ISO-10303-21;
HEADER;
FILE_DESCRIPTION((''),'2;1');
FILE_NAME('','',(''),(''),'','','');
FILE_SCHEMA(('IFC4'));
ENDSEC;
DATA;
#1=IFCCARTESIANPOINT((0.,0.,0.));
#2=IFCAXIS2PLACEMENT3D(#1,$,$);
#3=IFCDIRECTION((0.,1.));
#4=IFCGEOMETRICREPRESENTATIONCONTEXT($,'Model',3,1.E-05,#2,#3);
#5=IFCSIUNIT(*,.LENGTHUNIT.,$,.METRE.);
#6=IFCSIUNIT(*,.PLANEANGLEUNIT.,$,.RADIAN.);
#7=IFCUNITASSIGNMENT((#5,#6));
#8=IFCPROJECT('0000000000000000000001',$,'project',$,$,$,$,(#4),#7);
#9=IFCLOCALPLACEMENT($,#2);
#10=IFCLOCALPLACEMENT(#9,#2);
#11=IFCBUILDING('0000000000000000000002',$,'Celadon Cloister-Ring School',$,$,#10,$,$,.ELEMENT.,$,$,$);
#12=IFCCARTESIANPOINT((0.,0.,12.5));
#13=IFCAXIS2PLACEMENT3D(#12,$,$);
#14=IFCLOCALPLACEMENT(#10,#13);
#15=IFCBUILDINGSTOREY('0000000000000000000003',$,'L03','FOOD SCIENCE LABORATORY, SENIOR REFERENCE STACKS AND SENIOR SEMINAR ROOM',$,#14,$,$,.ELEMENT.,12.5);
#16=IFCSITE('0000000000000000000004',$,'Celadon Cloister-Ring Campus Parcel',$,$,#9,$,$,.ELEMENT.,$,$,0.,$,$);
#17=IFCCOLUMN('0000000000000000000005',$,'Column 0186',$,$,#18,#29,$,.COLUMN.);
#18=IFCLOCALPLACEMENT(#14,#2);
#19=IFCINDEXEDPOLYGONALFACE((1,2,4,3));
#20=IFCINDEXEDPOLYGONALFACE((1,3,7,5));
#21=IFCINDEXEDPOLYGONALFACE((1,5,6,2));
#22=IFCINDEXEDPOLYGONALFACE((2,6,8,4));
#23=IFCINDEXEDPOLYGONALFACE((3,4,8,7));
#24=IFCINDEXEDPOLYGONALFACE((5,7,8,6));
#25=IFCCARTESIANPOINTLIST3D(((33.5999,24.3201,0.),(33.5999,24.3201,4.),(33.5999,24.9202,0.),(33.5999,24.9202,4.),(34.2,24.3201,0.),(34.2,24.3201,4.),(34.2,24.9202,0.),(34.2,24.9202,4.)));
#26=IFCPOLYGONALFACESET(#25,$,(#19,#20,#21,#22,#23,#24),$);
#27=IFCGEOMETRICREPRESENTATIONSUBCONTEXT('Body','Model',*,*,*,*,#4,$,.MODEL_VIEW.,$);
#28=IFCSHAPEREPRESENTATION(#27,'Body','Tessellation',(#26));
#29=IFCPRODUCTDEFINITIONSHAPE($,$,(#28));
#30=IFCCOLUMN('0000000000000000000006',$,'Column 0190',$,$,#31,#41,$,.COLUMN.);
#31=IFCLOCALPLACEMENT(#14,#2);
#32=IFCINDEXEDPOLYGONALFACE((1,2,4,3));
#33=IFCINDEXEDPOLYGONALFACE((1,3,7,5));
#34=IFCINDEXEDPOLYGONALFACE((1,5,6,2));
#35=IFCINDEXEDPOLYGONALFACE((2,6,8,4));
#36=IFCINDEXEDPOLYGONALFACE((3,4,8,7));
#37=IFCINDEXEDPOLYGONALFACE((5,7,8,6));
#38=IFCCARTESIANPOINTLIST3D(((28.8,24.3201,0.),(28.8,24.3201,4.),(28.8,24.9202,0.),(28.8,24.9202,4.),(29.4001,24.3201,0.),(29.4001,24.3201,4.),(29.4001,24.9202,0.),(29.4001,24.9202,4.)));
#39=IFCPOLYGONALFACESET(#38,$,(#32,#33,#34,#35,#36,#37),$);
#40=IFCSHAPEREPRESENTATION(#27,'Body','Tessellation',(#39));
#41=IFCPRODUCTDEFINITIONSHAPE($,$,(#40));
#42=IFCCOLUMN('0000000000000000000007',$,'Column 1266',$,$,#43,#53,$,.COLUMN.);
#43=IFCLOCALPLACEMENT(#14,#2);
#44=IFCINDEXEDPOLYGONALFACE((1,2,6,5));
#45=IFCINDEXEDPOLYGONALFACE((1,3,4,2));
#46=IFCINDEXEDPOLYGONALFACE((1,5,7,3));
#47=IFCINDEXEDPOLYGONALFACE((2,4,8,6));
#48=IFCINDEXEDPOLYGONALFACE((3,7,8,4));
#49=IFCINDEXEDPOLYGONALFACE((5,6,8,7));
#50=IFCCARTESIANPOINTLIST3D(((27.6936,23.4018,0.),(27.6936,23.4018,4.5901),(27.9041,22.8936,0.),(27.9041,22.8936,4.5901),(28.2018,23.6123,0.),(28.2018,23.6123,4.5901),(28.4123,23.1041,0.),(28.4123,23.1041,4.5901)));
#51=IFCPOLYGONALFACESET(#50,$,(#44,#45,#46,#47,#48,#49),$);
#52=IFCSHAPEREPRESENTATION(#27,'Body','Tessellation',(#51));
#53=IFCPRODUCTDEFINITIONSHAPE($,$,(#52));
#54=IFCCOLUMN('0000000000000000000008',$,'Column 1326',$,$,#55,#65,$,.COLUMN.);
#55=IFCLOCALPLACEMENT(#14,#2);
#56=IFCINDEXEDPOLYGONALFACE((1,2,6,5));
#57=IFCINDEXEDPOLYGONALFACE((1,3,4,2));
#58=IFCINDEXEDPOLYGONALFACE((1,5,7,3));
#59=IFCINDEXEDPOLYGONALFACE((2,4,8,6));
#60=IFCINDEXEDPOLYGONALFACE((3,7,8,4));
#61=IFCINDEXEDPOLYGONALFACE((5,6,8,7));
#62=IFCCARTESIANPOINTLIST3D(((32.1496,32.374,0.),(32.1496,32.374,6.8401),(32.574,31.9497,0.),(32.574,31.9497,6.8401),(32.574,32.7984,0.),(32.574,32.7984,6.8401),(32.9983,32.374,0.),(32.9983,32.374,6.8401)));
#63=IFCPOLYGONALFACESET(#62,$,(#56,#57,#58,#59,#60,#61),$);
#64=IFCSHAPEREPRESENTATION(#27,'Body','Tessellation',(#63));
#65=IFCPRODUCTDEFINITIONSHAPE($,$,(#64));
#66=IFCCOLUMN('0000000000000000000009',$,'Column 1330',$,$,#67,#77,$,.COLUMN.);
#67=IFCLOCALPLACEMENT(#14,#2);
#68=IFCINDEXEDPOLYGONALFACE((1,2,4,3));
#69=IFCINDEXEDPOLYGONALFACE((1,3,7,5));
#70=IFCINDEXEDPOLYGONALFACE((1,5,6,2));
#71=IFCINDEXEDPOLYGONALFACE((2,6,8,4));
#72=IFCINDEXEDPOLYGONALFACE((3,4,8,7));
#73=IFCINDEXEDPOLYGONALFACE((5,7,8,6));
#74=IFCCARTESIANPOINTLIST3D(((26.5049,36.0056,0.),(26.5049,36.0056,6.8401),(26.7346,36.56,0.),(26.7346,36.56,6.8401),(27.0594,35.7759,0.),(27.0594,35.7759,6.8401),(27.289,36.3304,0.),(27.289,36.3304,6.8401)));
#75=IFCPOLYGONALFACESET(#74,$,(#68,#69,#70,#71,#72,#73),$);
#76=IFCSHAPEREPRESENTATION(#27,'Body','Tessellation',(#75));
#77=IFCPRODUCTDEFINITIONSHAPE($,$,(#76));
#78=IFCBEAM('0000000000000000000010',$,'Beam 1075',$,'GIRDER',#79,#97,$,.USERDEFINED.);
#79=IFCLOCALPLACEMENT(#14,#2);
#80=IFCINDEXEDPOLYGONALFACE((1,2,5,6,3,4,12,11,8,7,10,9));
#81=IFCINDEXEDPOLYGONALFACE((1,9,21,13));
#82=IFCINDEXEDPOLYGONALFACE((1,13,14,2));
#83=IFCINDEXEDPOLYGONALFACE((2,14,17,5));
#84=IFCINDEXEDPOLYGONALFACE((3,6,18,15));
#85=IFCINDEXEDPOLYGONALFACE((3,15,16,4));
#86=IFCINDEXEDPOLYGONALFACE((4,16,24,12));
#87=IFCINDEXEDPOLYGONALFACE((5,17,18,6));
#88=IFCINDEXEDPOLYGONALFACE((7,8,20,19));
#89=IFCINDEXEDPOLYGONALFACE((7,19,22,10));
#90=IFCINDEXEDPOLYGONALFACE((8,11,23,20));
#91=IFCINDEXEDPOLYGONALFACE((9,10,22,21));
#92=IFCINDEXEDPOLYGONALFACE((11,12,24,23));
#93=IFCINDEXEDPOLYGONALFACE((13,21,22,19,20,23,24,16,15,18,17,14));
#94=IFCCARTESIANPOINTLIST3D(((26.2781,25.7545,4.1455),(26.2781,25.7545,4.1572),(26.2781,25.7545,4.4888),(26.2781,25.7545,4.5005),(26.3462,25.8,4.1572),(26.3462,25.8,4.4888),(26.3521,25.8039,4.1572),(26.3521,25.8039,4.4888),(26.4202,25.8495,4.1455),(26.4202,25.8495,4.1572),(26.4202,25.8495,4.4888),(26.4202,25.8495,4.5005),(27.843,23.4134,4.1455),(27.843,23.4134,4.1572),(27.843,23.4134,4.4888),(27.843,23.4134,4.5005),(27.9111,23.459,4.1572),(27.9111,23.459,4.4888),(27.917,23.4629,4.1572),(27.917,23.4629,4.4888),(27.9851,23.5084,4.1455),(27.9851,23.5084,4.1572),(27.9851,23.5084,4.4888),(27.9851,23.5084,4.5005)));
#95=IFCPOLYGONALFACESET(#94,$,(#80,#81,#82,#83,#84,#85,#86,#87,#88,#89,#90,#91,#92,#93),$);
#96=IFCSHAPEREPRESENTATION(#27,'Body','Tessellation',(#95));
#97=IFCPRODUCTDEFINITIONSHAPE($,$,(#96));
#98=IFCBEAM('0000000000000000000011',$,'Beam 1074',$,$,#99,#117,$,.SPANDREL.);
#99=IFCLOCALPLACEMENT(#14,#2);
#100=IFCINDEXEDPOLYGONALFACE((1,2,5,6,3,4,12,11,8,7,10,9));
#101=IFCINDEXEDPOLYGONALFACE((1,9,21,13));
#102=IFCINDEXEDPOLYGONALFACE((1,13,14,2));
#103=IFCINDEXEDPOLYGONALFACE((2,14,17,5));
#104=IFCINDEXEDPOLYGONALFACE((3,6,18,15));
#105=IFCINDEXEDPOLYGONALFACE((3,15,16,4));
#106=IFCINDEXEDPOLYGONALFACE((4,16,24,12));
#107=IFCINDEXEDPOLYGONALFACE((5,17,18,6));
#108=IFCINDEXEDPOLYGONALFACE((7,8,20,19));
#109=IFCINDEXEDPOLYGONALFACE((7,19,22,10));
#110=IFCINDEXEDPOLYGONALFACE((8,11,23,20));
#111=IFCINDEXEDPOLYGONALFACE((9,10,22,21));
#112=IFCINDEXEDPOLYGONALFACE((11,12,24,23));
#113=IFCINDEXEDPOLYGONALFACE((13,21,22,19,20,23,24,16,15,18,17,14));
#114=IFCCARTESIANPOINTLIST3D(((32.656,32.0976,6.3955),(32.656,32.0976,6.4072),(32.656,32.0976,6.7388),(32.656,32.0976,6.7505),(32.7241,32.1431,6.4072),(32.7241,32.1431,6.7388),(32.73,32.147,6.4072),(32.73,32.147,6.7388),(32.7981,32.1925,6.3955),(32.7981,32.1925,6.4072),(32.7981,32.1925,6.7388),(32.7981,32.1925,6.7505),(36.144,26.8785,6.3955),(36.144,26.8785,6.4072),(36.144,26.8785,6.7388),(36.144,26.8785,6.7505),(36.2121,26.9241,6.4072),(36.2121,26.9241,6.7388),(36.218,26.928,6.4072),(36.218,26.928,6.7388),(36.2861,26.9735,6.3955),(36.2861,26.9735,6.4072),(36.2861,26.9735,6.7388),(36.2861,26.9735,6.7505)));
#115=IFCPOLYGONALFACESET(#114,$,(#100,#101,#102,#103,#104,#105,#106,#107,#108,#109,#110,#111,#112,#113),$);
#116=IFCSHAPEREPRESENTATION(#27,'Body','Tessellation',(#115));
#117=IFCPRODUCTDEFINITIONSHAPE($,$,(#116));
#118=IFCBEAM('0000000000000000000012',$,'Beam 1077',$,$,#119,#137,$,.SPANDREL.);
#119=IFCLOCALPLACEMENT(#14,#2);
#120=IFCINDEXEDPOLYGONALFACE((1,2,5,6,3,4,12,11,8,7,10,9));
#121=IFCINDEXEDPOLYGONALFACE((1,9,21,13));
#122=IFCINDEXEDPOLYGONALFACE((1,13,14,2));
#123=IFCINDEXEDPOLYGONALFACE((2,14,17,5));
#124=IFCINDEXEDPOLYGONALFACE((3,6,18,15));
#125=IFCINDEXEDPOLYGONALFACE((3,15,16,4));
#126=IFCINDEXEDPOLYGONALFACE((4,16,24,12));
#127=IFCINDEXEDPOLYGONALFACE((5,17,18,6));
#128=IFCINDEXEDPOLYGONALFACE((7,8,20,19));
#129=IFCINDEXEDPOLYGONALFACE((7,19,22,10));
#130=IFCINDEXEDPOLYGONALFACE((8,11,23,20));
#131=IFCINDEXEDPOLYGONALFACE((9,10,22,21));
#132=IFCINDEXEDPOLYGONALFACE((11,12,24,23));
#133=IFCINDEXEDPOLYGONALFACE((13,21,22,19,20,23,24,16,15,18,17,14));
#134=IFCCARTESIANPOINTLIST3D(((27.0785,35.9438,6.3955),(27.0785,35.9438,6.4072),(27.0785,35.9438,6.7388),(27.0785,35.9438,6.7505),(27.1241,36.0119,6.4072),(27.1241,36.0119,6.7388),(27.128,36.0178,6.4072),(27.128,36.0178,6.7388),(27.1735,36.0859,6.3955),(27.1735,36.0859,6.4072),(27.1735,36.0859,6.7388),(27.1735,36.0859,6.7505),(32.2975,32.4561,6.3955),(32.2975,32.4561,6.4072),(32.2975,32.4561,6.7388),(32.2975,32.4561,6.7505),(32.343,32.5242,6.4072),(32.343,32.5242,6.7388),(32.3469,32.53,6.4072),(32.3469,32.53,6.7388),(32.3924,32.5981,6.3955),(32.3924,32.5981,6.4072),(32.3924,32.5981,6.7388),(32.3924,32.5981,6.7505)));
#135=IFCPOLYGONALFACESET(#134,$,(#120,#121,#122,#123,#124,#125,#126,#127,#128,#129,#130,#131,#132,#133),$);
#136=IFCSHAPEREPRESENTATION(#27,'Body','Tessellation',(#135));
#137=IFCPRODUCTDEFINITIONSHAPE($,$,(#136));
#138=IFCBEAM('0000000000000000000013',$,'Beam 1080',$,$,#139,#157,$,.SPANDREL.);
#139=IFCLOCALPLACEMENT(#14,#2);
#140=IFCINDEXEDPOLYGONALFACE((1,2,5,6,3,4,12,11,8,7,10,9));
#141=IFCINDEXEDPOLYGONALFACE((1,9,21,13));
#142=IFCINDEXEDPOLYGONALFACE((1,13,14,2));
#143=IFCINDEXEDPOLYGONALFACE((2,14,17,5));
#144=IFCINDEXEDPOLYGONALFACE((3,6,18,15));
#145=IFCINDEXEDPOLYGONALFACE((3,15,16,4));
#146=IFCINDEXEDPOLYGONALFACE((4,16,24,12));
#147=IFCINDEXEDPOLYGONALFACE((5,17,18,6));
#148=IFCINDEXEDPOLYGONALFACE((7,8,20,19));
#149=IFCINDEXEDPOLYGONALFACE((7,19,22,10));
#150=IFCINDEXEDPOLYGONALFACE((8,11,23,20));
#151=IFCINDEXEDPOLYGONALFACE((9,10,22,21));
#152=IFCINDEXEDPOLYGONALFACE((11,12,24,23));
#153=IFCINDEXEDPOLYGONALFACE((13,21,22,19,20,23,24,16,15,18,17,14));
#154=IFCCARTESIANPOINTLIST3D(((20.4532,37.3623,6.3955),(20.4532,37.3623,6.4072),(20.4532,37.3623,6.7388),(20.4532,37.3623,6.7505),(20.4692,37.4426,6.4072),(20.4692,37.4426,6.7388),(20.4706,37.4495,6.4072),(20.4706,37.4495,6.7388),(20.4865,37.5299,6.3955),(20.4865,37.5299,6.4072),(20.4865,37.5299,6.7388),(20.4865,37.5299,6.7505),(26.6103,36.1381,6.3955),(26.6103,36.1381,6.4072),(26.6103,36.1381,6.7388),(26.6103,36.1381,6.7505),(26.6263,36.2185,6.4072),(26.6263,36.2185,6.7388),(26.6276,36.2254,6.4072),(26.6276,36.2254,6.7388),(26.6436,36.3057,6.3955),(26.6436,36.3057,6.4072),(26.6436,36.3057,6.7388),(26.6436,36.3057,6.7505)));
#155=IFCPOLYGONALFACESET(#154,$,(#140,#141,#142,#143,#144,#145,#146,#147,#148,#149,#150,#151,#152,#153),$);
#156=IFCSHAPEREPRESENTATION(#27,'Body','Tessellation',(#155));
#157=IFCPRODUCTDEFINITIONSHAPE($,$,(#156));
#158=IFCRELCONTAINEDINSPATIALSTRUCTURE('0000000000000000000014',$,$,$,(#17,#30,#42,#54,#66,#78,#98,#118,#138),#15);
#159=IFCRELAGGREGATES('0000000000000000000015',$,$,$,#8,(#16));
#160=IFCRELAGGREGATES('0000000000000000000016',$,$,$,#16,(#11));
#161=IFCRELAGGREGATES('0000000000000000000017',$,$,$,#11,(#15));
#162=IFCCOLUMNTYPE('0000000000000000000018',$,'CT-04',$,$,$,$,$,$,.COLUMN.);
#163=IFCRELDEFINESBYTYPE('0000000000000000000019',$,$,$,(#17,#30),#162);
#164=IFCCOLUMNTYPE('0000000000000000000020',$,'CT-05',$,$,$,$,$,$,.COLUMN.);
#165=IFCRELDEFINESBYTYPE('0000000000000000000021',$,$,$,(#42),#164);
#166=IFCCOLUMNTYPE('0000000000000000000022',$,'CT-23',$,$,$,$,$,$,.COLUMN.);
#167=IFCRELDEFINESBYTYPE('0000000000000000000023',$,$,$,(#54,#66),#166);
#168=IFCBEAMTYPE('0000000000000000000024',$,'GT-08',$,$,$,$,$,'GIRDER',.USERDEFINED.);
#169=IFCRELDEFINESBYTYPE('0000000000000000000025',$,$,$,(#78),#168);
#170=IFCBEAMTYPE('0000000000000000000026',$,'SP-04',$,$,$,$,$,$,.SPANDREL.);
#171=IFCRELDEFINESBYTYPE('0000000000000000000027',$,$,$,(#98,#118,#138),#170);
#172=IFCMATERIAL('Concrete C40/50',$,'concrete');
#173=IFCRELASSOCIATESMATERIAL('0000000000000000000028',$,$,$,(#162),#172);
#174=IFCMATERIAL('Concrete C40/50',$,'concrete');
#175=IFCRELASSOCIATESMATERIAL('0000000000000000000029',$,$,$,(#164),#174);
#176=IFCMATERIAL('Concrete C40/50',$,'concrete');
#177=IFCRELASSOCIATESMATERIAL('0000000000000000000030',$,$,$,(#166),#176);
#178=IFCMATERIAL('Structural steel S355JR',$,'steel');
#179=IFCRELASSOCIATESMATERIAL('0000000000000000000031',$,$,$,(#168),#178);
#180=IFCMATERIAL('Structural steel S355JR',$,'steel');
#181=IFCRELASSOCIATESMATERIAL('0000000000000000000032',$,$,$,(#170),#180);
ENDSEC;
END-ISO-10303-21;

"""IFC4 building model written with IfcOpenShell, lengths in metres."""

from ifc_helpers import new_model, si_unit, direction, frame, origin, origin_2d, place, context, subcontext, project, spatial, rectangle, i_section, extrude, material, material_profile, profile_set, type_object, element, save


model = new_model("IFC4")

# Units and contexts
model_context = context("Model", 3, precision=1e-05, world=origin(), true_north=direction((0.0, 1.0)))
body_context = subcontext(model_context, "Body", "Model", "MODEL_VIEW")
ifc_project = project(units=[si_unit("LENGTHUNIT", "METRE"), si_unit("PLANEANGLEUNIT", "RADIAN")], contexts=[model_context])

# Site, building, storey
site_placement = place(None, origin())
site = spatial("IfcSite", under=ifc_project, at=site_placement, Name="Celadon Cloister-Ring Campus Parcel", CompositionType="ELEMENT", RefElevation=0.0)
building_placement = place(site_placement, origin())
building = spatial("IfcBuilding", under=site, at=building_placement, Name="Celadon Cloister-Ring School", CompositionType="ELEMENT")
storey_placement = place(building_placement, frame((0.0, 0.0, 12.5)))
storey = spatial("IfcBuildingStorey", under=building, at=storey_placement, Name="L03", Description="FOOD SCIENCE LABORATORY, SENIOR REFERENCE STACKS AND SENIOR SEMINAR ROOM", CompositionType="ELEMENT", Elevation=12.5)

# Columns
ifc_material_1 = material(Name="Concrete C40/50", Category="concrete")
ifc_material_profile_1 = material_profile(ifc_material_1, rectangle(XDim=0.6001, YDim=0.6001, at=origin_2d()), Name="RC600X600")
ifc_profile_set_1 = profile_set([ifc_material_profile_1], Name="Concrete C40/50")
column_type_1 = type_object("IfcColumnType", Name="CT-04", PredefinedType="COLUMN", material=ifc_profile_set_1)
for number, where, z_axis, x_axis, name in (
    (1, (33.8999, 24.6201, 0.0), (0.0, 0.0, 1.0), (1.0, 0.0, 0.0), "Column 0186"),
    (2, (29.1001, 24.6201, 0.0), (0.0, 0.0, 1.0), (1.0, 0.0, 0.0), "Column 0190"),
):
    element("IfcColumn", number, at=place(storey_placement, frame(where, z_axis=z_axis, x_axis=x_axis)), inside=storey, type_object=column_type_1, Name=name, PredefinedType="COLUMN", context=body_context, shape_type="SweptSolid", body=[
        extrude(rectangle(XDim=0.6001, YDim=0.6001, at=origin_2d()), origin(), (0.0, 0.0, 1.0), 4.0),
    ])
ifc_material_2 = material(Name="Concrete C40/50", Category="concrete")
ifc_material_profile_2 = material_profile(ifc_material_2, rectangle(XDim=0.55, YDim=0.55, at=origin_2d()), Name="RC550X550")
ifc_profile_set_2 = profile_set([ifc_material_profile_2], Name="Concrete C40/50")
column_type_2 = type_object("IfcColumnType", Name="CT-05", PredefinedType="COLUMN", material=ifc_profile_set_2)
column_placement = place(storey_placement, frame((28.053, 23.2529, 0.0), z_axis=(0.0, 0.0, 1.0), x_axis=(0.92388, 0.382683, 0.0)))
element("IfcColumn", 3, at=column_placement, inside=storey, type_object=column_type_2, Name="Column 1266", PredefinedType="COLUMN", context=body_context, shape_type="SweptSolid", body=[
    extrude(rectangle(XDim=0.55, YDim=0.55, at=origin_2d()), origin(), (0.0, 0.0, 1.0), 4.5901),
])
ifc_material_3 = material(Name="Concrete C40/50", Category="concrete")
ifc_material_profile_3 = material_profile(ifc_material_3, rectangle(XDim=0.6001, YDim=0.6001, at=origin_2d()), Name="RC600X600")
ifc_profile_set_3 = profile_set([ifc_material_profile_3], Name="Concrete C40/50")
column_type_3 = type_object("IfcColumnType", Name="CT-23", PredefinedType="COLUMN", material=ifc_profile_set_3)
for number, where, z_axis, x_axis, name in (
    (4, (32.574, 32.374, 0.0), (0.0, 0.0, 1.0), (0.707107, 0.707107, 0.0), "Column 1326"),
    (5, (26.897, 36.168, 0.0), (0.0, 0.0, 1.0), (0.382683, 0.92388, 0.0), "Column 1330"),
):
    element("IfcColumn", number, at=place(storey_placement, frame(where, z_axis=z_axis, x_axis=x_axis)), inside=storey, type_object=column_type_3, Name=name, PredefinedType="COLUMN", context=body_context, shape_type="SweptSolid", body=[
        extrude(rectangle(XDim=0.6001, YDim=0.6001, at=origin_2d()), origin(), (0.0, 0.0, 1.0), 6.8401),
    ])

# Beams
ifc_material_4 = material(Name="Structural steel S355JR", Category="steel")
ifc_material_profile_4 = material_profile(ifc_material_4, i_section(OverallWidth=0.1709, OverallDepth=0.355, WebThickness=0.0071, FlangeThickness=0.0117, at=origin_2d()), Name="W360X51")
ifc_profile_set_4 = profile_set([ifc_material_profile_4], Name="Structural steel S355JR")
beam_type_1 = type_object("IfcBeamType", Name="GT-08", ElementType="GIRDER", PredefinedType="USERDEFINED", material=ifc_profile_set_4)
beam_1_placement = place(storey_placement, frame((27.9141, 23.4609, 4.323), z_axis=(-0.55574, 0.831356, 0.0), x_axis=(-0.831356, -0.55574, 0.0)))
element("IfcBeam", 6, at=beam_1_placement, inside=storey, type_object=beam_type_1, Name="Beam 1075", ObjectType="GIRDER", PredefinedType="USERDEFINED", context=body_context, shape_type="SweptSolid", body=[
    extrude(i_section(OverallWidth=0.1709, OverallDepth=0.355, WebThickness=0.0071, FlangeThickness=0.0117, at=origin_2d()), origin(), (0.0, 0.0, 1.0), 2.8159),
])
ifc_material_5 = material(Name="Structural steel S355JR", Category="steel")
ifc_material_profile_5 = material_profile(ifc_material_5, i_section(OverallWidth=0.1709, OverallDepth=0.355, WebThickness=0.0071, FlangeThickness=0.0117, at=origin_2d()), Name="W360X51")
ifc_profile_set_5 = profile_set([ifc_material_profile_5], Name="Structural steel S355JR")
beam_type_2 = type_object("IfcBeamType", Name="SP-04", PredefinedType="SPANDREL", material=ifc_profile_set_5)
beam_2_placement = place(storey_placement, frame((36.2151, 26.926, 6.573), z_axis=(-0.55566, 0.83141, 0.0), x_axis=(-0.83141, -0.55566, 0.0)))
element("IfcBeam", 7, at=beam_2_placement, inside=storey, type_object=beam_type_2, Name="Beam 1074", PredefinedType="SPANDREL", context=body_context, shape_type="SweptSolid", body=[
    extrude(i_section(OverallWidth=0.1709, OverallDepth=0.355, WebThickness=0.0071, FlangeThickness=0.0117, at=origin_2d()), origin(), (0.0, 0.0, 1.0), 6.2773),
])
beam_3_placement = place(storey_placement, frame((32.345, 32.5271, 6.573), z_axis=(-0.831427, 0.555633, 0.0), x_axis=(-0.555633, -0.831427, 0.0)))
element("IfcBeam", 8, at=beam_3_placement, inside=storey, type_object=beam_type_2, Name="Beam 1077", PredefinedType="SPANDREL", context=body_context, shape_type="SweptSolid", body=[
    extrude(i_section(OverallWidth=0.1709, OverallDepth=0.355, WebThickness=0.0071, FlangeThickness=0.0117, at=origin_2d()), origin(), (0.0, 0.0, 1.0), 6.2771),
])
beam_4_placement = place(storey_placement, frame((26.627, 36.2219, 6.573), z_axis=(-0.980803, 0.195002, 0.0), x_axis=(-0.195002, -0.980803, 0.0)))
element("IfcBeam", 9, at=beam_4_placement, inside=storey, type_object=beam_type_2, Name="Beam 1080", PredefinedType="SPANDREL", context=body_context, shape_type="SweptSolid", body=[
    extrude(i_section(OverallWidth=0.1709, OverallDepth=0.355, WebThickness=0.0071, FlangeThickness=0.0117, at=origin_2d()), origin(), (0.0, 0.0, 1.0), 6.2776),
])

save(model, "model.ifc")
